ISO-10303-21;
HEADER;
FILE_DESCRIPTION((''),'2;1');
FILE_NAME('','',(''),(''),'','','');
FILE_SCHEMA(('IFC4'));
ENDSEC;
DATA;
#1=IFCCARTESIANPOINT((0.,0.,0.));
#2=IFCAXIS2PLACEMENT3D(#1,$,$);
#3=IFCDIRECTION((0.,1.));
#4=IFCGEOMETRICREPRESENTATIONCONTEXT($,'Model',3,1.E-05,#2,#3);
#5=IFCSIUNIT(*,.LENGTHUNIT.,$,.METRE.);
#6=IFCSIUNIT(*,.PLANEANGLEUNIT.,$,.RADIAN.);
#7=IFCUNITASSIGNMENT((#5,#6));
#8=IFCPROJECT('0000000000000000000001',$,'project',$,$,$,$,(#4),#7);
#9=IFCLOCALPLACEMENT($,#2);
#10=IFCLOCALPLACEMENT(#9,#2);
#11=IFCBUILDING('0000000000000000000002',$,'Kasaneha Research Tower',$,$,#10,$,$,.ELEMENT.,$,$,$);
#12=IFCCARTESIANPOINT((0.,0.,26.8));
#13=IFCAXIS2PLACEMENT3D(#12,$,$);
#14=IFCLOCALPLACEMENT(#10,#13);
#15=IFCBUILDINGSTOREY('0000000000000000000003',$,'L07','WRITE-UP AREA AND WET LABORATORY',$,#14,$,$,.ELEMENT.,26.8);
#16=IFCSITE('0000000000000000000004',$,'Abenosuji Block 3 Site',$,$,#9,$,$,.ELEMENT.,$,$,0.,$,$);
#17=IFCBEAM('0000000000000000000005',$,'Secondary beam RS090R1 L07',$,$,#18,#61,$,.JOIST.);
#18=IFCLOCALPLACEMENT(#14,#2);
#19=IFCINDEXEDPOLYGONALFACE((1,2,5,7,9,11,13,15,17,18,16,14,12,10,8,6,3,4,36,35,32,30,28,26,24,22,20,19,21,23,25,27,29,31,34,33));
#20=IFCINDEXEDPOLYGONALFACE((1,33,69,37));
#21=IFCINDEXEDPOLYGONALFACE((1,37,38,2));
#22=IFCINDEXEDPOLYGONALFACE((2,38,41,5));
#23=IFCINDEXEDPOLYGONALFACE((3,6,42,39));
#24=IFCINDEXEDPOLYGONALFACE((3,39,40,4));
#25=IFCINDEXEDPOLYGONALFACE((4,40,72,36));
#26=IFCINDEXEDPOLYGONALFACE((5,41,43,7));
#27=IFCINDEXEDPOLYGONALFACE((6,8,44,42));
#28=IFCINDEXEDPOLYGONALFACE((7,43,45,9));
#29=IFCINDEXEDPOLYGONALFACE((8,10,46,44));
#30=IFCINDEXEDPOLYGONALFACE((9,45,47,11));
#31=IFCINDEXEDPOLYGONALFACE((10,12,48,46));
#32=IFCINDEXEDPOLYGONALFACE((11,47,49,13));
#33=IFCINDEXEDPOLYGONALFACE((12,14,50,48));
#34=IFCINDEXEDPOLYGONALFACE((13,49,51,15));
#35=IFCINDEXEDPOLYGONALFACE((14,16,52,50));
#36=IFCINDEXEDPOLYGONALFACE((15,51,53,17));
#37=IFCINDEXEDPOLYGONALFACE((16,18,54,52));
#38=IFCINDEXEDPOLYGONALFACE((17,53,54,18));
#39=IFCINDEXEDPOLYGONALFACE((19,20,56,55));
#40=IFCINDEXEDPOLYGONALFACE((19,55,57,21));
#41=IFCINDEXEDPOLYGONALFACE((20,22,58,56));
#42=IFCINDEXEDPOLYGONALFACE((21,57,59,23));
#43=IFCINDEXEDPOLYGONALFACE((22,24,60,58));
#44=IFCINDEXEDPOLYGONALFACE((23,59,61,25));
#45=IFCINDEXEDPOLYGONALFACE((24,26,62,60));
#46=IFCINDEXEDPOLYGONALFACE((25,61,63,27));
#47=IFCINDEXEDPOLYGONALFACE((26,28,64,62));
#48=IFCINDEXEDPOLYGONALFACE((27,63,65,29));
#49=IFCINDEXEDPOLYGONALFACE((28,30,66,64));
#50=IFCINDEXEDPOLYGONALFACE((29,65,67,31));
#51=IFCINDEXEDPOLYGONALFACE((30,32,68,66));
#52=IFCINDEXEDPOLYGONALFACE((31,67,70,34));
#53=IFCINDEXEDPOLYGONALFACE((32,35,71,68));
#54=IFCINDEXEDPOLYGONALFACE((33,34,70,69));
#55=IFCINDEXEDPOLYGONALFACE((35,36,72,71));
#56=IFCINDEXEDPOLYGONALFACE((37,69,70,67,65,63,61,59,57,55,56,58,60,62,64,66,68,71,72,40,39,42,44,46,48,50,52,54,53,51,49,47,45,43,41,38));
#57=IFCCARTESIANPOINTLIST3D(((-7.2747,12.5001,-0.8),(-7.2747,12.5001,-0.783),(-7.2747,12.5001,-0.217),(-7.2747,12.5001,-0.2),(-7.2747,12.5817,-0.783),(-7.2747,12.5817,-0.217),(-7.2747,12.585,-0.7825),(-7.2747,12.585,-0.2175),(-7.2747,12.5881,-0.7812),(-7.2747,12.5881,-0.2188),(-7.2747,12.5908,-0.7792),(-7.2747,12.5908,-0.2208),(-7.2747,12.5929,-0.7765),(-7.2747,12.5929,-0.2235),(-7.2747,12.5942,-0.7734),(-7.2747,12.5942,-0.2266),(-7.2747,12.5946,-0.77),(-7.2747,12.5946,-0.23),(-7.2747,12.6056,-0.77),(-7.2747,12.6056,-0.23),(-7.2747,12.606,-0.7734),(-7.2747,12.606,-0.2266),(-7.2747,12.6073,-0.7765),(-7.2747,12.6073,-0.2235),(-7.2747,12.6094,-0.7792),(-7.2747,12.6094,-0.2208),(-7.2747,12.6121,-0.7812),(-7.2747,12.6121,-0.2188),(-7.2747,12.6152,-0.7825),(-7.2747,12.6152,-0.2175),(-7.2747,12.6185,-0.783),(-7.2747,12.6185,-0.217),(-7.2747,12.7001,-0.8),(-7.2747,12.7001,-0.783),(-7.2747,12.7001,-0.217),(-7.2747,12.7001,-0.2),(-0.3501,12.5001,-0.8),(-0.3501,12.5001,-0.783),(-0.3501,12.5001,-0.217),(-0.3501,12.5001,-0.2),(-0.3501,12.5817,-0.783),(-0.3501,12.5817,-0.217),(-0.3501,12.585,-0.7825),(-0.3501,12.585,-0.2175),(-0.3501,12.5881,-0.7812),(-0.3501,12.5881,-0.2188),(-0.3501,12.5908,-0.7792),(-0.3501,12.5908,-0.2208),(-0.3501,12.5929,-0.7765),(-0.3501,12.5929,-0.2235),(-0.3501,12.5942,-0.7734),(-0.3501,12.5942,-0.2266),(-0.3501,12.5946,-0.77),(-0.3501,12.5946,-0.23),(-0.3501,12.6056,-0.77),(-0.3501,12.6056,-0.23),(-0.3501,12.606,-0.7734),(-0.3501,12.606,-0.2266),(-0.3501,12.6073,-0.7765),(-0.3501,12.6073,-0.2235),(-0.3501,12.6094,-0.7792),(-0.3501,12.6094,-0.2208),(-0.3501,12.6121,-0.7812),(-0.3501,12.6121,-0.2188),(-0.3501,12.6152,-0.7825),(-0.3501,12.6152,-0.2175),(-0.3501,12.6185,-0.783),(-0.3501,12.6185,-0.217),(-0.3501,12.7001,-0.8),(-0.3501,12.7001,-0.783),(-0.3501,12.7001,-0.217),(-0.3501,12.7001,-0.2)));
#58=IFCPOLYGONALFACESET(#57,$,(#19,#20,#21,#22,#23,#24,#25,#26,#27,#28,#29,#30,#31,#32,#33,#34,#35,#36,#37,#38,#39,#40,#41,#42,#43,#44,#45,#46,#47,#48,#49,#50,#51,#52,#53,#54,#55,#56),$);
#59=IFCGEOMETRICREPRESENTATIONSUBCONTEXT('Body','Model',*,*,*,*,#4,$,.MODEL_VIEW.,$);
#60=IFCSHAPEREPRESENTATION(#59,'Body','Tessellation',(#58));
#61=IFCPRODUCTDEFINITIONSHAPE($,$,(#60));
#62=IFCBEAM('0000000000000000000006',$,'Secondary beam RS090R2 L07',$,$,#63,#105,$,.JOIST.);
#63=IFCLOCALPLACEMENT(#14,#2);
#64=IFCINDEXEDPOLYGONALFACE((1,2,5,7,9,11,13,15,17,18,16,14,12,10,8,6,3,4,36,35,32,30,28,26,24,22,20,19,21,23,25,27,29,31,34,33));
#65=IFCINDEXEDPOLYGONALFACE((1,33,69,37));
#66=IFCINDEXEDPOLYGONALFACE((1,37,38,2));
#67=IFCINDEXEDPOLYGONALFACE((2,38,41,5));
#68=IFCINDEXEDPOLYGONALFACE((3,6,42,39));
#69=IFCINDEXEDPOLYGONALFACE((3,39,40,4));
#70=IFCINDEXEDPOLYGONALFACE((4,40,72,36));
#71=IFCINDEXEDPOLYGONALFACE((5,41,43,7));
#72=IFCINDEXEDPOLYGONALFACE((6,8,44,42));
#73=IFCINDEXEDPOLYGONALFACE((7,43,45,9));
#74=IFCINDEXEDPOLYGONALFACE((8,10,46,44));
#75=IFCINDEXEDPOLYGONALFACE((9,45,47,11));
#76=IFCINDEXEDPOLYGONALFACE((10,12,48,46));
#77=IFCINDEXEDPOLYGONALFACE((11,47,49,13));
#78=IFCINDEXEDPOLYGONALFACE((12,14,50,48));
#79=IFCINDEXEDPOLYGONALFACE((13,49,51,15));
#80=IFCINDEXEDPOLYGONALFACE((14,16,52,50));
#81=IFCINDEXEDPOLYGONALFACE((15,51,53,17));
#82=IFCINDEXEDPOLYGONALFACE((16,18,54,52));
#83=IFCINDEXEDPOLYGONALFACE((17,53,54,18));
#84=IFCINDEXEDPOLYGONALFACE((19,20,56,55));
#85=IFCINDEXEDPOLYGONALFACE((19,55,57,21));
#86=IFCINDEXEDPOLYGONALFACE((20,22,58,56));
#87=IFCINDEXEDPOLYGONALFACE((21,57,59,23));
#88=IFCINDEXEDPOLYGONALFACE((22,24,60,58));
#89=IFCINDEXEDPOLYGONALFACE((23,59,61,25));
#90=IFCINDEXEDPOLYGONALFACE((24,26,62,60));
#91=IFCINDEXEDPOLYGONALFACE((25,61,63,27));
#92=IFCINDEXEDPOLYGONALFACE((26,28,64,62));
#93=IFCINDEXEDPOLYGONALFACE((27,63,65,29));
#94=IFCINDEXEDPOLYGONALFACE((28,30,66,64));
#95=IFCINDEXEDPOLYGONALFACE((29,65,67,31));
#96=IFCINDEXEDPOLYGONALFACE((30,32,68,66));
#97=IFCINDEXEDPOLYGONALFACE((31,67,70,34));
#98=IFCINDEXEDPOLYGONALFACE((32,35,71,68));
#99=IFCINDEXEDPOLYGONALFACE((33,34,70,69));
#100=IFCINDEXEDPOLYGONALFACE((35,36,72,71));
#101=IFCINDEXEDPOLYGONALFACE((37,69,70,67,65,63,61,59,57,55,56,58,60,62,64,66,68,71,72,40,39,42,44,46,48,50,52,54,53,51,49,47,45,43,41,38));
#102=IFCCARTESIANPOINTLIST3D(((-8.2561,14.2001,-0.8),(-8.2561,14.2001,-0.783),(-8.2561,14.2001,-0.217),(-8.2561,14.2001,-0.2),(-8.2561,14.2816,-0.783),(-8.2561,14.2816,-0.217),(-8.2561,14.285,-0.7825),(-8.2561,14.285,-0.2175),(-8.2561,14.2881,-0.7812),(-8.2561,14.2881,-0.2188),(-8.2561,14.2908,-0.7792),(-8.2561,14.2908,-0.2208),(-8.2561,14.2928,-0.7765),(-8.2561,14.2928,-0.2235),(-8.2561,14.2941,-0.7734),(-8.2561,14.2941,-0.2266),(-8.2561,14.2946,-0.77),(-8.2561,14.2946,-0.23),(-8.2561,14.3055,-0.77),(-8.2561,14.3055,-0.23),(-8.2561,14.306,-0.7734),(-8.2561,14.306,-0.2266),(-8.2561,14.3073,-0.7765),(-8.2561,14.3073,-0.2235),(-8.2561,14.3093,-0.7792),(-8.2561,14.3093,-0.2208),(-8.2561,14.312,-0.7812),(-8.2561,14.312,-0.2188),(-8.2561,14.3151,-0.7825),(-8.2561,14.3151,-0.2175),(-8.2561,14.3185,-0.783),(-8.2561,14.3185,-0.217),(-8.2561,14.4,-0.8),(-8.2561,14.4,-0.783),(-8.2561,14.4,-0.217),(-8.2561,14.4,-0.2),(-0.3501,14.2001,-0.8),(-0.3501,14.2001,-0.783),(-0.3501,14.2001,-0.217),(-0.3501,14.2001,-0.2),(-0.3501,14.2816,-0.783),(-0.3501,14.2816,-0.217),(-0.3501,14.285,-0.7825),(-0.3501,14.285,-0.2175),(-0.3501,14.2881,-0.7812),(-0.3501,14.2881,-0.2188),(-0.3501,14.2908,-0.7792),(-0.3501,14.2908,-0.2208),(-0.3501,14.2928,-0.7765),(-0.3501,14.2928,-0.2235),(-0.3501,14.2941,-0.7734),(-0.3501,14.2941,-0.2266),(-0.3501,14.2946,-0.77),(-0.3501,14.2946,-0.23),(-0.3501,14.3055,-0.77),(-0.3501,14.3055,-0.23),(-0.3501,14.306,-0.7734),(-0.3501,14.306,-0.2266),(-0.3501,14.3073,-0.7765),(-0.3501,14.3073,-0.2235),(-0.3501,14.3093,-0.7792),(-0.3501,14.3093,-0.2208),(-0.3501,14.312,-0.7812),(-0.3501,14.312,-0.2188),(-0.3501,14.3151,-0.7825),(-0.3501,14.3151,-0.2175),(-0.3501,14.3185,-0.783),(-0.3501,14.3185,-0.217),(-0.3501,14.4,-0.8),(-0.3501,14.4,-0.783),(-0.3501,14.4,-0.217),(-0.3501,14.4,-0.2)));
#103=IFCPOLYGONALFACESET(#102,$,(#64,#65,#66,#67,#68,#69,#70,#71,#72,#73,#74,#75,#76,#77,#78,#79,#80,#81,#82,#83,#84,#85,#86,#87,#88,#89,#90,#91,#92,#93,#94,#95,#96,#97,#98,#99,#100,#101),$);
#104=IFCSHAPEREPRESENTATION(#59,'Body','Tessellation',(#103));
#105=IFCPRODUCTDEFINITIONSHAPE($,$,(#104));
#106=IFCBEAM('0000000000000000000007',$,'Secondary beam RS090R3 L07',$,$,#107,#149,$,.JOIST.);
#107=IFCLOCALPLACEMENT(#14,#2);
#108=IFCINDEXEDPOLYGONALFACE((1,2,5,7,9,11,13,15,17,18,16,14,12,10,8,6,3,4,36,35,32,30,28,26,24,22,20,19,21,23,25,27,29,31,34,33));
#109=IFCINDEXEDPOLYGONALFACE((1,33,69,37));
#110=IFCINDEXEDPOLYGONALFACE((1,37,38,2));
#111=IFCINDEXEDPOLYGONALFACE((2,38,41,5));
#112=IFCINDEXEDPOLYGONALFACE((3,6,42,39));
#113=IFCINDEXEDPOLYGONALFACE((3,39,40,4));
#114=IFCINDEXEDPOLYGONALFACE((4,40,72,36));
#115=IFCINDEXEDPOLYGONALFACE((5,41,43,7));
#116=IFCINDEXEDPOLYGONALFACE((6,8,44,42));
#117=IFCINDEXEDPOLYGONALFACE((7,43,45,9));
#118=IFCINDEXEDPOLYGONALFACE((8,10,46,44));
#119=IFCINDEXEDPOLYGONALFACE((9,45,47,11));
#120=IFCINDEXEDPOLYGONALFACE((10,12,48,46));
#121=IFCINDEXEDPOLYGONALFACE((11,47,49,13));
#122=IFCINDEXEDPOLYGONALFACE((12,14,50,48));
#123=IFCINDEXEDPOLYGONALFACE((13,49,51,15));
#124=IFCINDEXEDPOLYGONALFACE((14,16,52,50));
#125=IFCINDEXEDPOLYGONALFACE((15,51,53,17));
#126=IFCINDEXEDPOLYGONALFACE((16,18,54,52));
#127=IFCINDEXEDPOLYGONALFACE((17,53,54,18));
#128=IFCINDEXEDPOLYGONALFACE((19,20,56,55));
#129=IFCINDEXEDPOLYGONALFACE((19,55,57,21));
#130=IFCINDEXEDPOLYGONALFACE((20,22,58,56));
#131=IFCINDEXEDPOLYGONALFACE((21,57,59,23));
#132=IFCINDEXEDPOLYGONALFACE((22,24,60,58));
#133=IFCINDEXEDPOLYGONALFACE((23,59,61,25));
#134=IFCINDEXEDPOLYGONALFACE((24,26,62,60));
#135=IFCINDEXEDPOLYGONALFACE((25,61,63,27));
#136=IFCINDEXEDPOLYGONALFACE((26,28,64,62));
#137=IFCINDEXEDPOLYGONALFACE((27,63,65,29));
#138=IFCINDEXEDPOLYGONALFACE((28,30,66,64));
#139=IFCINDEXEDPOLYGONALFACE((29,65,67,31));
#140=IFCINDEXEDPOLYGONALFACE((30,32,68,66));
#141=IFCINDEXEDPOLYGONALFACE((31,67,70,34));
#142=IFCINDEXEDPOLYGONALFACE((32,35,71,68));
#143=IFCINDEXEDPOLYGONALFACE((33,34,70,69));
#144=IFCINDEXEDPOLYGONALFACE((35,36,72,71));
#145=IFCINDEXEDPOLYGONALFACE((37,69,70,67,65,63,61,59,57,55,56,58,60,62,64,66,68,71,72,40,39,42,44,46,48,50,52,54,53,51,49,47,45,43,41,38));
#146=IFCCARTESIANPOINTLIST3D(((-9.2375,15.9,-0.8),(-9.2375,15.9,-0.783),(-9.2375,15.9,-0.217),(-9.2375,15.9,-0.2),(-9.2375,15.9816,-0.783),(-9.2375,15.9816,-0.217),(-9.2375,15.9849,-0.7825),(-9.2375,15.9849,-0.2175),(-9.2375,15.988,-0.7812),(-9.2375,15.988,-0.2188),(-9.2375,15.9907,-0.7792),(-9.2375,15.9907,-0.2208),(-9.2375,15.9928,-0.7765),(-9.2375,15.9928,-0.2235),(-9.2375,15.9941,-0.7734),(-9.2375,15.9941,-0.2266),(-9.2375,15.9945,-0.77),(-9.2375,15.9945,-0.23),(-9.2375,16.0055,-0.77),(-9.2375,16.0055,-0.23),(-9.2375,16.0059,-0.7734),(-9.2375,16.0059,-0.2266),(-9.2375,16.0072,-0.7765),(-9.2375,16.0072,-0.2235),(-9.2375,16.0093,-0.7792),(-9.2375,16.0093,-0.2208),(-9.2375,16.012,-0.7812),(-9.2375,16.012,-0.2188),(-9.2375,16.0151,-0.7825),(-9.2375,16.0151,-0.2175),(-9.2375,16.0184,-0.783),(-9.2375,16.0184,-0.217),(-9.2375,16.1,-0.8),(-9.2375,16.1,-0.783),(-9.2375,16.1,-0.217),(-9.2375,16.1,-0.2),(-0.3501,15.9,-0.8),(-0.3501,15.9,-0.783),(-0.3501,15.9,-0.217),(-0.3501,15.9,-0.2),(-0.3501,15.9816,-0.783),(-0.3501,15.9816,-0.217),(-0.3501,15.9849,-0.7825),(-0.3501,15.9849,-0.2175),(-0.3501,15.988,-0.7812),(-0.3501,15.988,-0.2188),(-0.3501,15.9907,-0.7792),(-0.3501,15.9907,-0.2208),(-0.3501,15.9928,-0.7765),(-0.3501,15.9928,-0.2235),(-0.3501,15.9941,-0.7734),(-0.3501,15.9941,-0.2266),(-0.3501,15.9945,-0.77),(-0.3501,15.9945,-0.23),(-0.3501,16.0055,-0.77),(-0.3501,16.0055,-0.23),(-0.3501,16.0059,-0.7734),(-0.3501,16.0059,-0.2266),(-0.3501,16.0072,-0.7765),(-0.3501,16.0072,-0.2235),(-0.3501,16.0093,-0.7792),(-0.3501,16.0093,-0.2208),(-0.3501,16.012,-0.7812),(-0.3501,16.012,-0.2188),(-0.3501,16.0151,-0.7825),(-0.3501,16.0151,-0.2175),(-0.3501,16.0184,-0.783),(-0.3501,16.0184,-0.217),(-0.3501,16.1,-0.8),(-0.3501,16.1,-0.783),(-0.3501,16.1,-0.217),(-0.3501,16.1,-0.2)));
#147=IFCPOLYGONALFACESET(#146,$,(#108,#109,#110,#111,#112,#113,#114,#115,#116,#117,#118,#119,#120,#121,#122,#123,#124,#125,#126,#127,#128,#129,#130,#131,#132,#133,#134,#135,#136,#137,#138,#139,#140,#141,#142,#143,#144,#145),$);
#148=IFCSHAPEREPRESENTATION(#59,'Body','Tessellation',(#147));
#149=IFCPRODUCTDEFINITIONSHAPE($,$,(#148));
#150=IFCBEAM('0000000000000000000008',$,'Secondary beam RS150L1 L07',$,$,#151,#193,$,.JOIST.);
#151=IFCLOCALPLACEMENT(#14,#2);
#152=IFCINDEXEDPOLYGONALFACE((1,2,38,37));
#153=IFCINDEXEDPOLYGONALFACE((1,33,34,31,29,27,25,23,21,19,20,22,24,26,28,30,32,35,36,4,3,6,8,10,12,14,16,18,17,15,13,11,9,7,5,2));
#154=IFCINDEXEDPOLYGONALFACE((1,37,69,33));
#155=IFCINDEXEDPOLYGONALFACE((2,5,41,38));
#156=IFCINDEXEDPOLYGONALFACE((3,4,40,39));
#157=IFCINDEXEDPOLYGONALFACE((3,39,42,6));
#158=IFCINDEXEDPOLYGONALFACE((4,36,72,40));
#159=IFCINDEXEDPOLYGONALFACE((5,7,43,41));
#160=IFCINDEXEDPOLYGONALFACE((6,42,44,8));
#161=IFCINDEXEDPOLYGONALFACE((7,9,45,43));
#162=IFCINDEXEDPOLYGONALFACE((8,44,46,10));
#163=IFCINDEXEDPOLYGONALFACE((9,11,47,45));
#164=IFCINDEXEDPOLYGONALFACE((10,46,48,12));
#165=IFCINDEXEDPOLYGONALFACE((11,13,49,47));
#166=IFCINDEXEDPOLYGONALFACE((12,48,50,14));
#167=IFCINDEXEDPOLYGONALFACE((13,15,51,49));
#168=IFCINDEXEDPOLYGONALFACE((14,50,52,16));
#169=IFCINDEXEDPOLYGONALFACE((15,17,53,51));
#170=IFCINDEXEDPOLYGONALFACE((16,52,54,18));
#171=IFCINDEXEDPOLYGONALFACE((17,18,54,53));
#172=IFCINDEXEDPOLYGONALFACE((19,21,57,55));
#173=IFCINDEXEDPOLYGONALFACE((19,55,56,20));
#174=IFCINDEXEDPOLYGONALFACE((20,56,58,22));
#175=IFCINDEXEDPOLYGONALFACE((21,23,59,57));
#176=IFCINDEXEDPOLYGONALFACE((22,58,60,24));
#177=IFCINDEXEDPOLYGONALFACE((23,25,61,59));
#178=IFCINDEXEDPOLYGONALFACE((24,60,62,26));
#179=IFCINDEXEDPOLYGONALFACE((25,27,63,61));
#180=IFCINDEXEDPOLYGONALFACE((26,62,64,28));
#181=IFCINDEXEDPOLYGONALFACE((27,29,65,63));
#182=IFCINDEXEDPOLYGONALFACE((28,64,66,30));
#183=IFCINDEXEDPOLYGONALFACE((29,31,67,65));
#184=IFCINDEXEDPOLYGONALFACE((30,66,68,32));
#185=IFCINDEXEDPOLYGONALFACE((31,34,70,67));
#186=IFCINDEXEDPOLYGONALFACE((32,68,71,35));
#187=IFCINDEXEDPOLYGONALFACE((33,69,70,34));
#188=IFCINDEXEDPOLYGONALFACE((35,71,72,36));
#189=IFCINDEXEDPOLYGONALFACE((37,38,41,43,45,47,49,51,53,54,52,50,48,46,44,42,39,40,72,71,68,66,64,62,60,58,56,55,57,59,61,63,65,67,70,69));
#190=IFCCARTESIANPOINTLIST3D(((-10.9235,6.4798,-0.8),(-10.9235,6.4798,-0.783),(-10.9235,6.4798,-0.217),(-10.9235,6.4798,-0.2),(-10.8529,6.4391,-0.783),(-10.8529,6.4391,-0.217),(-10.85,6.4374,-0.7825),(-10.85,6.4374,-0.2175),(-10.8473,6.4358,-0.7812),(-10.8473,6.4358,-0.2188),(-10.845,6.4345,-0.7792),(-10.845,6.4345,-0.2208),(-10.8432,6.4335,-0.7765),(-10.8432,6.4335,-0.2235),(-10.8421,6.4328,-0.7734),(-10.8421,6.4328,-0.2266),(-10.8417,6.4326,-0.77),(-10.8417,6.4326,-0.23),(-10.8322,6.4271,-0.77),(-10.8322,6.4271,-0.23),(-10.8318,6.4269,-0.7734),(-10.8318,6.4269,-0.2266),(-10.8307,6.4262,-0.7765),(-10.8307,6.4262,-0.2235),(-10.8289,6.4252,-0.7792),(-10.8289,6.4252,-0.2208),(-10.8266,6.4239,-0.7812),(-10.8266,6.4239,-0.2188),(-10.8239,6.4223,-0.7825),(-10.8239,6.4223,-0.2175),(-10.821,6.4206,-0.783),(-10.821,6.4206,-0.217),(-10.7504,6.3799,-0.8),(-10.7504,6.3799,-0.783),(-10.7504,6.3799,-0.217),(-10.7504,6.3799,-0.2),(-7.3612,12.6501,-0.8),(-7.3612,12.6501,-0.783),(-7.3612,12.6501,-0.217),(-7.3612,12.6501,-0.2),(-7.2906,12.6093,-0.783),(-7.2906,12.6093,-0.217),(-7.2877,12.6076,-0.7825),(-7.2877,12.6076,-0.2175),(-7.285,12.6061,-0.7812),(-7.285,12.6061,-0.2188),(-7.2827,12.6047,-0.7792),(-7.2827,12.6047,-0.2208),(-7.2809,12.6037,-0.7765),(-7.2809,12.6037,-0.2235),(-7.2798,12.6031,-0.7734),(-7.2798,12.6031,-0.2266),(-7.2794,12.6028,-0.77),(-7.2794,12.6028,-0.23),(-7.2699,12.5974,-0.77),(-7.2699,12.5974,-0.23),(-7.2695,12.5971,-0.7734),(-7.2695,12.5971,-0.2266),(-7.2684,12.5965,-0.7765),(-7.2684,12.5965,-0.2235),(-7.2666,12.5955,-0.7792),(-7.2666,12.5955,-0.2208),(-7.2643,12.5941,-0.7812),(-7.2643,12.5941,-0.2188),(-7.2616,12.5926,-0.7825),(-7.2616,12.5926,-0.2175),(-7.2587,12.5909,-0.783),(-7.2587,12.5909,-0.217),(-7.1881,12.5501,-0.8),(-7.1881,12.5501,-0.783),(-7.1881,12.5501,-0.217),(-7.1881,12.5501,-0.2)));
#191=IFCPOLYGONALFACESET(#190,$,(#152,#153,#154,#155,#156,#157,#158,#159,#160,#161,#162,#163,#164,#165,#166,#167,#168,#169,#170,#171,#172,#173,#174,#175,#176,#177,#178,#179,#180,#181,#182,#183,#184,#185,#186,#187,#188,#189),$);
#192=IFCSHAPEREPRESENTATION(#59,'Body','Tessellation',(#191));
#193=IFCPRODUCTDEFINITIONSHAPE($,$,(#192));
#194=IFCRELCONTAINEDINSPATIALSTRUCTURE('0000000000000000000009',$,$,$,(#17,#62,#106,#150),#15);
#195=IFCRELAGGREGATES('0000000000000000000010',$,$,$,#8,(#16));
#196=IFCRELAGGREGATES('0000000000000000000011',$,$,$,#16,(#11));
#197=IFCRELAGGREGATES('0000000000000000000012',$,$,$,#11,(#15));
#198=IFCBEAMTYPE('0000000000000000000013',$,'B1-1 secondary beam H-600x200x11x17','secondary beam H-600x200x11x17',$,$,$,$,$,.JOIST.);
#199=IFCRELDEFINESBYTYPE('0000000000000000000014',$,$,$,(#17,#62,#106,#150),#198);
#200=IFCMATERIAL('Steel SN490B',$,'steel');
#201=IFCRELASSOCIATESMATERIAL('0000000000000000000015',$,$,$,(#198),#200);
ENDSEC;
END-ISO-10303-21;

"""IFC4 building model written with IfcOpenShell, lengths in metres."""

from ifc_helpers import new_model, si_unit, direction, frame, origin, origin_2d, place, context, subcontext, project, spatial, i_section, extrude, material, material_profile, profile_set, type_object, element, save


model = new_model("IFC4")

# Units and contexts
model_context = context("Model", 3, precision=1e-05, world=origin(), true_north=direction((0.0, 1.0)))
body_context = subcontext(model_context, "Body", "Model", "MODEL_VIEW")
ifc_project = project(units=[si_unit("LENGTHUNIT", "METRE"), si_unit("PLANEANGLEUNIT", "RADIAN")], contexts=[model_context])

# Site, building, storey
site_placement = place(None, origin())
site = spatial("IfcSite", under=ifc_project, at=site_placement, Name="Abenosuji Block 3 Site", CompositionType="ELEMENT", RefElevation=0.0)
building_placement = place(site_placement, origin())
building = spatial("IfcBuilding", under=site, at=building_placement, Name="Kasaneha Research Tower", CompositionType="ELEMENT")
storey_placement = place(building_placement, frame((0.0, 0.0, 26.8)))
storey = spatial("IfcBuildingStorey", under=building, at=storey_placement, Name="L07", Description="WRITE-UP AREA AND WET LABORATORY", CompositionType="ELEMENT", Elevation=26.8)

# Beams
ifc_material_1 = material(Name="Steel SN490B", Category="steel")
ifc_material_profile_1 = material_profile(ifc_material_1, i_section(OverallWidth=0.2, OverallDepth=0.6001, WebThickness=0.011, FlangeThickness=0.0171, FilletRadius=0.0129, at=origin_2d()), Name="H-600x200x11x17")
ifc_profile_set_1 = profile_set([ifc_material_profile_1], Name="Steel SN490B")
beam_type_1 = type_object("IfcBeamType", Name="B1-1 secondary beam H-600x200x11x17", Description="secondary beam H-600x200x11x17", PredefinedType="JOIST", material=ifc_profile_set_1)
beam_1_placement = place(storey_placement, frame((-7.2747, 12.6001, -0.5), z_axis=(1.0, 0.0, 0.0), x_axis=(0.0, 1.0, 0.0)))
element("IfcBeam", 1, at=beam_1_placement, inside=storey, type_object=beam_type_1, Name="Secondary beam RS090R1 L07", PredefinedType="JOIST", context=body_context, shape_type="SweptSolid", body=[
    extrude(i_section(OverallWidth=0.2, OverallDepth=0.6001, WebThickness=0.011, FlangeThickness=0.0171, FilletRadius=0.0129, at=origin_2d()), origin(), (0.0, 0.0, 1.0), 6.9246),
])
beam_2_placement = place(storey_placement, frame((-8.2561, 14.3, -0.5), z_axis=(1.0, 0.0, 0.0), x_axis=(0.0, 1.0, 0.0)))
element("IfcBeam", 2, at=beam_2_placement, inside=storey, type_object=beam_type_1, Name="Secondary beam RS090R2 L07", PredefinedType="JOIST", context=body_context, shape_type="SweptSolid", body=[
    extrude(i_section(OverallWidth=0.2, OverallDepth=0.6001, WebThickness=0.011, FlangeThickness=0.0171, FilletRadius=0.0129, at=origin_2d()), origin(), (0.0, 0.0, 1.0), 7.906),
])
beam_3_placement = place(storey_placement, frame((-9.2375, 16.0, -0.5), z_axis=(1.0, 0.0, 0.0), x_axis=(0.0, 1.0, 0.0)))
element("IfcBeam", 3, at=beam_3_placement, inside=storey, type_object=beam_type_1, Name="Secondary beam RS090R3 L07", PredefinedType="JOIST", context=body_context, shape_type="SweptSolid", body=[
    extrude(i_section(OverallWidth=0.2, OverallDepth=0.6001, WebThickness=0.011, FlangeThickness=0.0171, FilletRadius=0.0129, at=origin_2d()), origin(), (0.0, 0.0, 1.0), 8.8875),
])
beam_4_placement = place(storey_placement, frame((-7.2747, 12.6001, -0.5), z_axis=(-0.49999, -0.866031, 0.0), x_axis=(0.866031, -0.49999, 0.0)))
element("IfcBeam", 4, at=beam_4_placement, inside=storey, type_object=beam_type_1, Name="Secondary beam RS150L1 L07", PredefinedType="JOIST", context=body_context, shape_type="SweptSolid", body=[
    extrude(i_section(OverallWidth=0.2, OverallDepth=0.6001, WebThickness=0.011, FlangeThickness=0.0171, FilletRadius=0.0129, at=origin_2d()), origin(), (0.0, 0.0, 1.0), 7.1248),
])

save(model, "model.ifc")
